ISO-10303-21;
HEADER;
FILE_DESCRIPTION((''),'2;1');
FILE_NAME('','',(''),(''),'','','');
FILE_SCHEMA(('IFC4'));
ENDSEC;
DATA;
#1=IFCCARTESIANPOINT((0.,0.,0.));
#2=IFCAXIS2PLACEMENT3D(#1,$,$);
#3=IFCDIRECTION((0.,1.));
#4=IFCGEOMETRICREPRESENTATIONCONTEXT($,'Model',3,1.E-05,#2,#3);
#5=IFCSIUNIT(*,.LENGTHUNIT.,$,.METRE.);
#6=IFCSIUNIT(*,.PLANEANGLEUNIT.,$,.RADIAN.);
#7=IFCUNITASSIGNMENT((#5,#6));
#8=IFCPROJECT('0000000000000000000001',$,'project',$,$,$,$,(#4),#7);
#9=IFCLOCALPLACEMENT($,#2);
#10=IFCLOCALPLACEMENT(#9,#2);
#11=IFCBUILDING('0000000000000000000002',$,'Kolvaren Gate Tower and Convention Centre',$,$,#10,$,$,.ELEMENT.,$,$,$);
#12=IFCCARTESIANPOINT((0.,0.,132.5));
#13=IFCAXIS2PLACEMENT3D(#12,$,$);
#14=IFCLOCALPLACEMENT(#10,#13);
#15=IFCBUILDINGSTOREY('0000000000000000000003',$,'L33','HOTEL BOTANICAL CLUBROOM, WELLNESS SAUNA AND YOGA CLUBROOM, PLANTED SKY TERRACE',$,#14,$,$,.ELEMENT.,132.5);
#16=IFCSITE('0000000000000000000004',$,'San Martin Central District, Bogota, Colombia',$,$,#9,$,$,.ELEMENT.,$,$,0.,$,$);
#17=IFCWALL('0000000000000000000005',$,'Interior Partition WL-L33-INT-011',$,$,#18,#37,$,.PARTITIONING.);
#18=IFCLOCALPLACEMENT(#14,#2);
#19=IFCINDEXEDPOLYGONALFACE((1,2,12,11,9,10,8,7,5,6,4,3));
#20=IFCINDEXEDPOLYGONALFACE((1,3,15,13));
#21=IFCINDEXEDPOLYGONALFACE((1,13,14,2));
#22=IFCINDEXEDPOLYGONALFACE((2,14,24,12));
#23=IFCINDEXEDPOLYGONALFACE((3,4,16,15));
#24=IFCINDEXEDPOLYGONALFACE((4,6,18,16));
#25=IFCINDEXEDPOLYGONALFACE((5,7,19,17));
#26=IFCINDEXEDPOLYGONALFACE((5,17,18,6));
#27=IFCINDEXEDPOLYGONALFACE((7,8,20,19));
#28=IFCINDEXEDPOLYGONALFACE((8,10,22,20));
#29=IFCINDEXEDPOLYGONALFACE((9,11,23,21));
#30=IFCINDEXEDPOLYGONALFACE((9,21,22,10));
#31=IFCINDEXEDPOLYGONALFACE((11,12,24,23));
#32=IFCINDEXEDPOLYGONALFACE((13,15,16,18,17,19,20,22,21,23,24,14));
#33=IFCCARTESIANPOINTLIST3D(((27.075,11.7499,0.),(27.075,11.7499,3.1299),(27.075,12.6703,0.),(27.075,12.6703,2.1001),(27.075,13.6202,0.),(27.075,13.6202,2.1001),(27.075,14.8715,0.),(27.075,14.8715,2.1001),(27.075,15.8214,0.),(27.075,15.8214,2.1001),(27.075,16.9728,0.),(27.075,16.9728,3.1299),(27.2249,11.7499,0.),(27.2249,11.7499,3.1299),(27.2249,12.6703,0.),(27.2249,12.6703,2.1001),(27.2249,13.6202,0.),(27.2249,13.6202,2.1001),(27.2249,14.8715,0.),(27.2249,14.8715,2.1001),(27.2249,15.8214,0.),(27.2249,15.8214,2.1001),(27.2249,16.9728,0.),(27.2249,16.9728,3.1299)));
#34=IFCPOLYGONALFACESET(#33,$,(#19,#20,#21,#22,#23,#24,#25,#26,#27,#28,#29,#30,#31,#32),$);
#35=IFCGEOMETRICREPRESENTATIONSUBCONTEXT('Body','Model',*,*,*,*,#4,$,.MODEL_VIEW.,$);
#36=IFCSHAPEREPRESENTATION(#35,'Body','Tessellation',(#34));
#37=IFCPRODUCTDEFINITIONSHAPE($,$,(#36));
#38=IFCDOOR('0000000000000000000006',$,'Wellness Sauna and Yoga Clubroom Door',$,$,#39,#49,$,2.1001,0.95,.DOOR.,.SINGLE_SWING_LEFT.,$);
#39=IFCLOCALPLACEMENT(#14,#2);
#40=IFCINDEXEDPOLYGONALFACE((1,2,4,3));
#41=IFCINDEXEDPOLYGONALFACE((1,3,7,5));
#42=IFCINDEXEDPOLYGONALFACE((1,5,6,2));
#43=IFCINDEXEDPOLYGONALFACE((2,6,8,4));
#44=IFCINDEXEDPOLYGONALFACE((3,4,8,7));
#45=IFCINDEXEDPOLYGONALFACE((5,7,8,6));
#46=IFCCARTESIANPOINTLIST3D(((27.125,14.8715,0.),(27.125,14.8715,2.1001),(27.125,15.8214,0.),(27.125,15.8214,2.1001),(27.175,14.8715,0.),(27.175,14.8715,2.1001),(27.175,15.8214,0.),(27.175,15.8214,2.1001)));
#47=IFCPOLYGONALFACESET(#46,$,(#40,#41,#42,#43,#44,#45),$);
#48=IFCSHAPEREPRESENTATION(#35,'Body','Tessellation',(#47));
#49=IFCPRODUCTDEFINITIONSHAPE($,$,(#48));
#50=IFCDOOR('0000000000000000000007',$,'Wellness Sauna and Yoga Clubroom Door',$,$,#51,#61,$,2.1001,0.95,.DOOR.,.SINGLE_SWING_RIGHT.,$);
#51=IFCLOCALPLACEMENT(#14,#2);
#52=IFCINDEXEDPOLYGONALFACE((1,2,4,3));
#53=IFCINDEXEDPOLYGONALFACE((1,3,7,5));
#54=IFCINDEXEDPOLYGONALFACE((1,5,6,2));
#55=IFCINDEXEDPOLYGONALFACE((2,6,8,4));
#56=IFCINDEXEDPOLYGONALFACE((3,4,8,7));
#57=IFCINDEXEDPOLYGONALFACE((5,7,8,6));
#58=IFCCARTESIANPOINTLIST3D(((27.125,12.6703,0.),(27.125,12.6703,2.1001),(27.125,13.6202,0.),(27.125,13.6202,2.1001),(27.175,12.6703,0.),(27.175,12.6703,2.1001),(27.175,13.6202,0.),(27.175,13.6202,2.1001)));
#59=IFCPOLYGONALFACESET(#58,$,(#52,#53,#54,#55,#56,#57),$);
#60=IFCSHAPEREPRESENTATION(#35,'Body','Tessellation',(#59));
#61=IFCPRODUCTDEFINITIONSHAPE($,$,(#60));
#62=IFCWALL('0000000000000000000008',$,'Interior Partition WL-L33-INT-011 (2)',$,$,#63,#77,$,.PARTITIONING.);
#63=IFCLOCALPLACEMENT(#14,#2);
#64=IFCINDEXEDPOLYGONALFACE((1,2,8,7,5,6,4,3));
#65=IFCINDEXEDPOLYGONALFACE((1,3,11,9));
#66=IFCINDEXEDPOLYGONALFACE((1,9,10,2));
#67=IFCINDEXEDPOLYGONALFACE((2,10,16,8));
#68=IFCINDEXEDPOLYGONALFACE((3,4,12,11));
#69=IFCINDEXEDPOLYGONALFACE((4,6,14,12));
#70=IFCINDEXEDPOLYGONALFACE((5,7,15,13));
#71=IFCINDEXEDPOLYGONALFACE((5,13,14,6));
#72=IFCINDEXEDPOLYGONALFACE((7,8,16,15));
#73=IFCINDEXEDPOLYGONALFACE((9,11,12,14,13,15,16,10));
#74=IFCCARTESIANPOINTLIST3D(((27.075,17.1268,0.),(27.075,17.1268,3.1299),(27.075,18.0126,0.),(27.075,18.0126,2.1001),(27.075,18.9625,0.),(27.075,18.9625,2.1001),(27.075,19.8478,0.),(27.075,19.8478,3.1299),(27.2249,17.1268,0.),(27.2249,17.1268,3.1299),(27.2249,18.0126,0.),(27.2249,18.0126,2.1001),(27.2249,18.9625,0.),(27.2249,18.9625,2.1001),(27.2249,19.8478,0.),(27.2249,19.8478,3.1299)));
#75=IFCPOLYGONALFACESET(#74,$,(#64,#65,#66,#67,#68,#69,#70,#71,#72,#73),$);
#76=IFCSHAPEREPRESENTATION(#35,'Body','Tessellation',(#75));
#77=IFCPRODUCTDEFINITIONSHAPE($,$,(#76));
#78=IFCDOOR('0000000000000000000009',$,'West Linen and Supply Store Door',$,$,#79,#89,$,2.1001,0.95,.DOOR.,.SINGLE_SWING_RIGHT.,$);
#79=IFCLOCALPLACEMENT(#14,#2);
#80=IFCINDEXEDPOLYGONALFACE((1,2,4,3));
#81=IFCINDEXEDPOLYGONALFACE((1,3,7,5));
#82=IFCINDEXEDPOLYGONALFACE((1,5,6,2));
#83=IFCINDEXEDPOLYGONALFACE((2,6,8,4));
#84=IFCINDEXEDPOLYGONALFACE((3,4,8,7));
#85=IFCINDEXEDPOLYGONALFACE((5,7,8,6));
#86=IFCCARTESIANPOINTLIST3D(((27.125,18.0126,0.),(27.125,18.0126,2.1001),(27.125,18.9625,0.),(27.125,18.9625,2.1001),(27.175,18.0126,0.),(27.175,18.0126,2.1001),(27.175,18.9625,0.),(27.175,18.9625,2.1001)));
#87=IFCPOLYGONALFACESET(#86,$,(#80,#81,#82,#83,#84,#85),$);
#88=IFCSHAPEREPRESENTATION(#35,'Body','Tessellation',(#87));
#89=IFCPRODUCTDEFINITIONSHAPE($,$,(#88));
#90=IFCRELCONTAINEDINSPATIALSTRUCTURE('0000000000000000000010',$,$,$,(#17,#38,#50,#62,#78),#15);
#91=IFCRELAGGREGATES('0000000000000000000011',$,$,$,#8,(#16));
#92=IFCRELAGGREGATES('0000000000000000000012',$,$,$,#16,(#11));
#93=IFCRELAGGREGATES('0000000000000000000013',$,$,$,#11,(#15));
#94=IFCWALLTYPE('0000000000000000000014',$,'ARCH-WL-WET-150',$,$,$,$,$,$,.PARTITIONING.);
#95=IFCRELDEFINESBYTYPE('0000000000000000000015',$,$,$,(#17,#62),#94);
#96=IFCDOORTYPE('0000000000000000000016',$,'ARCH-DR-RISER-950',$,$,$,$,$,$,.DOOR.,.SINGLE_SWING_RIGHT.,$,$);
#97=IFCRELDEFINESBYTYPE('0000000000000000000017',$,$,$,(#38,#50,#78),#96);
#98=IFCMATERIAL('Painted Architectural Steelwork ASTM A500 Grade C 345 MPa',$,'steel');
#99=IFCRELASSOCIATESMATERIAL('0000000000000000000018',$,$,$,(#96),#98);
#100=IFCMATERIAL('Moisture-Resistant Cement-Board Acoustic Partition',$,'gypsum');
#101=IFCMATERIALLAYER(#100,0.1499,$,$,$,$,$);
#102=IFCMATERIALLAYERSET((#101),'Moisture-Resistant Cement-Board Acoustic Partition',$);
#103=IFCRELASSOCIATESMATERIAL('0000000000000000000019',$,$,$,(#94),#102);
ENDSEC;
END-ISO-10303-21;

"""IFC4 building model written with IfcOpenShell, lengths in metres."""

from ifc_helpers import new_model, si_unit, direction, frame, frame_2d, origin, place, context, subcontext, project, spatial, rectangle, extrude, material, layer, layer_set, type_object, element, fill, save


model = new_model("IFC4")

# Units and contexts
model_context = context("Model", 3, precision=1e-05, world=origin(), true_north=direction((0.0, 1.0)))
body_context = subcontext(model_context, "Body", "Model", "MODEL_VIEW")
ifc_project = project(units=[si_unit("LENGTHUNIT", "METRE"), si_unit("PLANEANGLEUNIT", "RADIAN")], contexts=[model_context])

# Site, building, storey
site_placement = place(None, origin())
site = spatial("IfcSite", under=ifc_project, at=site_placement, Name="San Martin Central District, Bogota, Colombia", CompositionType="ELEMENT", RefElevation=0.0)
building_placement = place(site_placement, origin())
building = spatial("IfcBuilding", under=site, at=building_placement, Name="Kolvaren Gate Tower and Convention Centre", CompositionType="ELEMENT")
storey_placement = place(building_placement, frame((0.0, 0.0, 132.5)))
storey = spatial("IfcBuildingStorey", under=building, at=storey_placement, Name="L33", Description="HOTEL BOTANICAL CLUBROOM, WELLNESS SAUNA AND YOGA CLUBROOM, PLANTED SKY TERRACE", CompositionType="ELEMENT", Elevation=132.5)

# Shared definitions
ifc_material_1 = material(Name="Painted Architectural Steelwork ASTM A500 Grade C 345 MPa", Category="steel")
door_type_1 = type_object("IfcDoorType", Name="ARCH-DR-RISER-950", OperationType="SINGLE_SWING_RIGHT", PredefinedType="DOOR", material=ifc_material_1)

# Shared definitions
ifc_material_2 = material(Name="Moisture-Resistant Cement-Board Acoustic Partition", Category="gypsum")
ifc_layer_1 = layer(ifc_material_2, 0.1499)
ifc_layer_set_1 = layer_set([ifc_layer_1], Name="Moisture-Resistant Cement-Board Acoustic Partition")
wall_type_1 = type_object("IfcWallType", Name="ARCH-WL-WET-150", PredefinedType="PARTITIONING", material=ifc_layer_set_1)

# Wall, openings, doors
wall_1_placement = place(storey_placement, frame((27.1499, 11.75, 0.0), z_axis=(0.0, 0.0, 1.0), x_axis=(0.0, 1.0, 0.0)))
wall_1 = element("IfcWall", 1, at=wall_1_placement, inside=storey, type_object=wall_type_1, Name="Interior Partition WL-L33-INT-011", PredefinedType="PARTITIONING", context=body_context, shape_type="SweptSolid", body=[
    extrude(rectangle(XDim=5.2229, YDim=0.1499, at=frame_2d((2.6113, 0.0))), origin(), (0.0, 0.0, 1.0), 3.1299),
])
opening_1_placement = place(wall_1_placement, frame((3.1213, 0.0, 0.0)))
opening_1 = element("IfcOpeningElement", 2, at=opening_1_placement, cuts=wall_1, PredefinedType="OPENING", context=body_context, shape_type="SweptSolid", body=[
    extrude(rectangle(XDim=0.95, YDim=2.1001, at=frame_2d((0.4751, 1.05))), frame((0.0, 0.085, 0.0), z_axis=(0.0, -1.0, 0.0), x_axis=(1.0, 0.0, 0.0)), (0.0, 0.0, 1.0), 0.1699),
])
opening_2_placement = place(wall_1_placement, frame((0.9202, 0.0, 0.0)))
opening_2 = element("IfcOpeningElement", 3, at=opening_2_placement, cuts=wall_1, PredefinedType="OPENING", context=body_context, shape_type="SweptSolid", body=[
    extrude(rectangle(XDim=0.95, YDim=2.1001, at=frame_2d((0.4751, 1.05))), frame((0.0, 0.085, 0.0), z_axis=(0.0, -1.0, 0.0), x_axis=(1.0, 0.0, 0.0)), (0.0, 0.0, 1.0), 0.1699),
])
door_1_placement = place(opening_1_placement, origin())
door_1 = element("IfcDoor", 4, at=door_1_placement, inside=storey, type_object=door_type_1, Name="Wellness Sauna and Yoga Clubroom Door", OperationType="SINGLE_SWING_LEFT", OverallHeight=2.1001, OverallWidth=0.95, PredefinedType="DOOR", context=body_context, shape_type="SweptSolid", body=[
    extrude(rectangle(XDim=0.95, YDim=2.1001, at=frame_2d((0.4751, 1.05))), frame((0.0, 0.0249, 0.0), z_axis=(0.0, -1.0, 0.0), x_axis=(1.0, 0.0, 0.0)), (0.0, 0.0, 1.0), 0.05),
])
fill(opening_1, door_1)
door_2_placement = place(opening_2_placement, origin())
door_2 = element("IfcDoor", 5, at=door_2_placement, inside=storey, type_object=door_type_1, Name="Wellness Sauna and Yoga Clubroom Door", OperationType="SINGLE_SWING_RIGHT", OverallHeight=2.1001, OverallWidth=0.95, PredefinedType="DOOR", context=body_context, shape_type="SweptSolid", body=[
    extrude(rectangle(XDim=0.95, YDim=2.1001, at=frame_2d((0.4751, 1.05))), frame((0.0, 0.0249, 0.0), z_axis=(0.0, -1.0, 0.0), x_axis=(1.0, 0.0, 0.0)), (0.0, 0.0, 1.0), 0.05),
])
fill(opening_2, door_2)

# Wall, opening, door
wall_2_placement = place(storey_placement, frame((27.1499, 17.127, 0.0), z_axis=(0.0, 0.0, 1.0), x_axis=(0.0, 1.0, 0.0)))
wall_2 = element("IfcWall", 6, at=wall_2_placement, inside=storey, type_object=wall_type_1, Name="Interior Partition WL-L33-INT-011 (2)", PredefinedType="PARTITIONING", context=body_context, shape_type="SweptSolid", body=[
    extrude(rectangle(XDim=2.7209, YDim=0.1499, at=frame_2d((1.3604, 0.0))), origin(), (0.0, 0.0, 1.0), 3.1299),
])
opening_3_placement = place(wall_2_placement, frame((0.8855, 0.0, 0.0)))
opening_3 = element("IfcOpeningElement", 7, at=opening_3_placement, cuts=wall_2, PredefinedType="OPENING", context=body_context, shape_type="SweptSolid", body=[
    extrude(rectangle(XDim=0.95, YDim=2.1001, at=frame_2d((0.4751, 1.05))), frame((0.0, 0.085, 0.0), z_axis=(0.0, -1.0, 0.0), x_axis=(1.0, 0.0, 0.0)), (0.0, 0.0, 1.0), 0.1699),
])
door_3_placement = place(opening_3_placement, origin())
door_3 = element("IfcDoor", 8, at=door_3_placement, inside=storey, type_object=door_type_1, Name="West Linen and Supply Store Door", OperationType="SINGLE_SWING_RIGHT", OverallHeight=2.1001, OverallWidth=0.95, PredefinedType="DOOR", context=body_context, shape_type="SweptSolid", body=[
    extrude(rectangle(XDim=0.95, YDim=2.1001, at=frame_2d((0.4751, 1.05))), frame((0.0, 0.0249, 0.0), z_axis=(0.0, -1.0, 0.0), x_axis=(1.0, 0.0, 0.0)), (0.0, 0.0, 1.0), 0.05),
])
fill(opening_3, door_3)

save(model, "model.ifc")
